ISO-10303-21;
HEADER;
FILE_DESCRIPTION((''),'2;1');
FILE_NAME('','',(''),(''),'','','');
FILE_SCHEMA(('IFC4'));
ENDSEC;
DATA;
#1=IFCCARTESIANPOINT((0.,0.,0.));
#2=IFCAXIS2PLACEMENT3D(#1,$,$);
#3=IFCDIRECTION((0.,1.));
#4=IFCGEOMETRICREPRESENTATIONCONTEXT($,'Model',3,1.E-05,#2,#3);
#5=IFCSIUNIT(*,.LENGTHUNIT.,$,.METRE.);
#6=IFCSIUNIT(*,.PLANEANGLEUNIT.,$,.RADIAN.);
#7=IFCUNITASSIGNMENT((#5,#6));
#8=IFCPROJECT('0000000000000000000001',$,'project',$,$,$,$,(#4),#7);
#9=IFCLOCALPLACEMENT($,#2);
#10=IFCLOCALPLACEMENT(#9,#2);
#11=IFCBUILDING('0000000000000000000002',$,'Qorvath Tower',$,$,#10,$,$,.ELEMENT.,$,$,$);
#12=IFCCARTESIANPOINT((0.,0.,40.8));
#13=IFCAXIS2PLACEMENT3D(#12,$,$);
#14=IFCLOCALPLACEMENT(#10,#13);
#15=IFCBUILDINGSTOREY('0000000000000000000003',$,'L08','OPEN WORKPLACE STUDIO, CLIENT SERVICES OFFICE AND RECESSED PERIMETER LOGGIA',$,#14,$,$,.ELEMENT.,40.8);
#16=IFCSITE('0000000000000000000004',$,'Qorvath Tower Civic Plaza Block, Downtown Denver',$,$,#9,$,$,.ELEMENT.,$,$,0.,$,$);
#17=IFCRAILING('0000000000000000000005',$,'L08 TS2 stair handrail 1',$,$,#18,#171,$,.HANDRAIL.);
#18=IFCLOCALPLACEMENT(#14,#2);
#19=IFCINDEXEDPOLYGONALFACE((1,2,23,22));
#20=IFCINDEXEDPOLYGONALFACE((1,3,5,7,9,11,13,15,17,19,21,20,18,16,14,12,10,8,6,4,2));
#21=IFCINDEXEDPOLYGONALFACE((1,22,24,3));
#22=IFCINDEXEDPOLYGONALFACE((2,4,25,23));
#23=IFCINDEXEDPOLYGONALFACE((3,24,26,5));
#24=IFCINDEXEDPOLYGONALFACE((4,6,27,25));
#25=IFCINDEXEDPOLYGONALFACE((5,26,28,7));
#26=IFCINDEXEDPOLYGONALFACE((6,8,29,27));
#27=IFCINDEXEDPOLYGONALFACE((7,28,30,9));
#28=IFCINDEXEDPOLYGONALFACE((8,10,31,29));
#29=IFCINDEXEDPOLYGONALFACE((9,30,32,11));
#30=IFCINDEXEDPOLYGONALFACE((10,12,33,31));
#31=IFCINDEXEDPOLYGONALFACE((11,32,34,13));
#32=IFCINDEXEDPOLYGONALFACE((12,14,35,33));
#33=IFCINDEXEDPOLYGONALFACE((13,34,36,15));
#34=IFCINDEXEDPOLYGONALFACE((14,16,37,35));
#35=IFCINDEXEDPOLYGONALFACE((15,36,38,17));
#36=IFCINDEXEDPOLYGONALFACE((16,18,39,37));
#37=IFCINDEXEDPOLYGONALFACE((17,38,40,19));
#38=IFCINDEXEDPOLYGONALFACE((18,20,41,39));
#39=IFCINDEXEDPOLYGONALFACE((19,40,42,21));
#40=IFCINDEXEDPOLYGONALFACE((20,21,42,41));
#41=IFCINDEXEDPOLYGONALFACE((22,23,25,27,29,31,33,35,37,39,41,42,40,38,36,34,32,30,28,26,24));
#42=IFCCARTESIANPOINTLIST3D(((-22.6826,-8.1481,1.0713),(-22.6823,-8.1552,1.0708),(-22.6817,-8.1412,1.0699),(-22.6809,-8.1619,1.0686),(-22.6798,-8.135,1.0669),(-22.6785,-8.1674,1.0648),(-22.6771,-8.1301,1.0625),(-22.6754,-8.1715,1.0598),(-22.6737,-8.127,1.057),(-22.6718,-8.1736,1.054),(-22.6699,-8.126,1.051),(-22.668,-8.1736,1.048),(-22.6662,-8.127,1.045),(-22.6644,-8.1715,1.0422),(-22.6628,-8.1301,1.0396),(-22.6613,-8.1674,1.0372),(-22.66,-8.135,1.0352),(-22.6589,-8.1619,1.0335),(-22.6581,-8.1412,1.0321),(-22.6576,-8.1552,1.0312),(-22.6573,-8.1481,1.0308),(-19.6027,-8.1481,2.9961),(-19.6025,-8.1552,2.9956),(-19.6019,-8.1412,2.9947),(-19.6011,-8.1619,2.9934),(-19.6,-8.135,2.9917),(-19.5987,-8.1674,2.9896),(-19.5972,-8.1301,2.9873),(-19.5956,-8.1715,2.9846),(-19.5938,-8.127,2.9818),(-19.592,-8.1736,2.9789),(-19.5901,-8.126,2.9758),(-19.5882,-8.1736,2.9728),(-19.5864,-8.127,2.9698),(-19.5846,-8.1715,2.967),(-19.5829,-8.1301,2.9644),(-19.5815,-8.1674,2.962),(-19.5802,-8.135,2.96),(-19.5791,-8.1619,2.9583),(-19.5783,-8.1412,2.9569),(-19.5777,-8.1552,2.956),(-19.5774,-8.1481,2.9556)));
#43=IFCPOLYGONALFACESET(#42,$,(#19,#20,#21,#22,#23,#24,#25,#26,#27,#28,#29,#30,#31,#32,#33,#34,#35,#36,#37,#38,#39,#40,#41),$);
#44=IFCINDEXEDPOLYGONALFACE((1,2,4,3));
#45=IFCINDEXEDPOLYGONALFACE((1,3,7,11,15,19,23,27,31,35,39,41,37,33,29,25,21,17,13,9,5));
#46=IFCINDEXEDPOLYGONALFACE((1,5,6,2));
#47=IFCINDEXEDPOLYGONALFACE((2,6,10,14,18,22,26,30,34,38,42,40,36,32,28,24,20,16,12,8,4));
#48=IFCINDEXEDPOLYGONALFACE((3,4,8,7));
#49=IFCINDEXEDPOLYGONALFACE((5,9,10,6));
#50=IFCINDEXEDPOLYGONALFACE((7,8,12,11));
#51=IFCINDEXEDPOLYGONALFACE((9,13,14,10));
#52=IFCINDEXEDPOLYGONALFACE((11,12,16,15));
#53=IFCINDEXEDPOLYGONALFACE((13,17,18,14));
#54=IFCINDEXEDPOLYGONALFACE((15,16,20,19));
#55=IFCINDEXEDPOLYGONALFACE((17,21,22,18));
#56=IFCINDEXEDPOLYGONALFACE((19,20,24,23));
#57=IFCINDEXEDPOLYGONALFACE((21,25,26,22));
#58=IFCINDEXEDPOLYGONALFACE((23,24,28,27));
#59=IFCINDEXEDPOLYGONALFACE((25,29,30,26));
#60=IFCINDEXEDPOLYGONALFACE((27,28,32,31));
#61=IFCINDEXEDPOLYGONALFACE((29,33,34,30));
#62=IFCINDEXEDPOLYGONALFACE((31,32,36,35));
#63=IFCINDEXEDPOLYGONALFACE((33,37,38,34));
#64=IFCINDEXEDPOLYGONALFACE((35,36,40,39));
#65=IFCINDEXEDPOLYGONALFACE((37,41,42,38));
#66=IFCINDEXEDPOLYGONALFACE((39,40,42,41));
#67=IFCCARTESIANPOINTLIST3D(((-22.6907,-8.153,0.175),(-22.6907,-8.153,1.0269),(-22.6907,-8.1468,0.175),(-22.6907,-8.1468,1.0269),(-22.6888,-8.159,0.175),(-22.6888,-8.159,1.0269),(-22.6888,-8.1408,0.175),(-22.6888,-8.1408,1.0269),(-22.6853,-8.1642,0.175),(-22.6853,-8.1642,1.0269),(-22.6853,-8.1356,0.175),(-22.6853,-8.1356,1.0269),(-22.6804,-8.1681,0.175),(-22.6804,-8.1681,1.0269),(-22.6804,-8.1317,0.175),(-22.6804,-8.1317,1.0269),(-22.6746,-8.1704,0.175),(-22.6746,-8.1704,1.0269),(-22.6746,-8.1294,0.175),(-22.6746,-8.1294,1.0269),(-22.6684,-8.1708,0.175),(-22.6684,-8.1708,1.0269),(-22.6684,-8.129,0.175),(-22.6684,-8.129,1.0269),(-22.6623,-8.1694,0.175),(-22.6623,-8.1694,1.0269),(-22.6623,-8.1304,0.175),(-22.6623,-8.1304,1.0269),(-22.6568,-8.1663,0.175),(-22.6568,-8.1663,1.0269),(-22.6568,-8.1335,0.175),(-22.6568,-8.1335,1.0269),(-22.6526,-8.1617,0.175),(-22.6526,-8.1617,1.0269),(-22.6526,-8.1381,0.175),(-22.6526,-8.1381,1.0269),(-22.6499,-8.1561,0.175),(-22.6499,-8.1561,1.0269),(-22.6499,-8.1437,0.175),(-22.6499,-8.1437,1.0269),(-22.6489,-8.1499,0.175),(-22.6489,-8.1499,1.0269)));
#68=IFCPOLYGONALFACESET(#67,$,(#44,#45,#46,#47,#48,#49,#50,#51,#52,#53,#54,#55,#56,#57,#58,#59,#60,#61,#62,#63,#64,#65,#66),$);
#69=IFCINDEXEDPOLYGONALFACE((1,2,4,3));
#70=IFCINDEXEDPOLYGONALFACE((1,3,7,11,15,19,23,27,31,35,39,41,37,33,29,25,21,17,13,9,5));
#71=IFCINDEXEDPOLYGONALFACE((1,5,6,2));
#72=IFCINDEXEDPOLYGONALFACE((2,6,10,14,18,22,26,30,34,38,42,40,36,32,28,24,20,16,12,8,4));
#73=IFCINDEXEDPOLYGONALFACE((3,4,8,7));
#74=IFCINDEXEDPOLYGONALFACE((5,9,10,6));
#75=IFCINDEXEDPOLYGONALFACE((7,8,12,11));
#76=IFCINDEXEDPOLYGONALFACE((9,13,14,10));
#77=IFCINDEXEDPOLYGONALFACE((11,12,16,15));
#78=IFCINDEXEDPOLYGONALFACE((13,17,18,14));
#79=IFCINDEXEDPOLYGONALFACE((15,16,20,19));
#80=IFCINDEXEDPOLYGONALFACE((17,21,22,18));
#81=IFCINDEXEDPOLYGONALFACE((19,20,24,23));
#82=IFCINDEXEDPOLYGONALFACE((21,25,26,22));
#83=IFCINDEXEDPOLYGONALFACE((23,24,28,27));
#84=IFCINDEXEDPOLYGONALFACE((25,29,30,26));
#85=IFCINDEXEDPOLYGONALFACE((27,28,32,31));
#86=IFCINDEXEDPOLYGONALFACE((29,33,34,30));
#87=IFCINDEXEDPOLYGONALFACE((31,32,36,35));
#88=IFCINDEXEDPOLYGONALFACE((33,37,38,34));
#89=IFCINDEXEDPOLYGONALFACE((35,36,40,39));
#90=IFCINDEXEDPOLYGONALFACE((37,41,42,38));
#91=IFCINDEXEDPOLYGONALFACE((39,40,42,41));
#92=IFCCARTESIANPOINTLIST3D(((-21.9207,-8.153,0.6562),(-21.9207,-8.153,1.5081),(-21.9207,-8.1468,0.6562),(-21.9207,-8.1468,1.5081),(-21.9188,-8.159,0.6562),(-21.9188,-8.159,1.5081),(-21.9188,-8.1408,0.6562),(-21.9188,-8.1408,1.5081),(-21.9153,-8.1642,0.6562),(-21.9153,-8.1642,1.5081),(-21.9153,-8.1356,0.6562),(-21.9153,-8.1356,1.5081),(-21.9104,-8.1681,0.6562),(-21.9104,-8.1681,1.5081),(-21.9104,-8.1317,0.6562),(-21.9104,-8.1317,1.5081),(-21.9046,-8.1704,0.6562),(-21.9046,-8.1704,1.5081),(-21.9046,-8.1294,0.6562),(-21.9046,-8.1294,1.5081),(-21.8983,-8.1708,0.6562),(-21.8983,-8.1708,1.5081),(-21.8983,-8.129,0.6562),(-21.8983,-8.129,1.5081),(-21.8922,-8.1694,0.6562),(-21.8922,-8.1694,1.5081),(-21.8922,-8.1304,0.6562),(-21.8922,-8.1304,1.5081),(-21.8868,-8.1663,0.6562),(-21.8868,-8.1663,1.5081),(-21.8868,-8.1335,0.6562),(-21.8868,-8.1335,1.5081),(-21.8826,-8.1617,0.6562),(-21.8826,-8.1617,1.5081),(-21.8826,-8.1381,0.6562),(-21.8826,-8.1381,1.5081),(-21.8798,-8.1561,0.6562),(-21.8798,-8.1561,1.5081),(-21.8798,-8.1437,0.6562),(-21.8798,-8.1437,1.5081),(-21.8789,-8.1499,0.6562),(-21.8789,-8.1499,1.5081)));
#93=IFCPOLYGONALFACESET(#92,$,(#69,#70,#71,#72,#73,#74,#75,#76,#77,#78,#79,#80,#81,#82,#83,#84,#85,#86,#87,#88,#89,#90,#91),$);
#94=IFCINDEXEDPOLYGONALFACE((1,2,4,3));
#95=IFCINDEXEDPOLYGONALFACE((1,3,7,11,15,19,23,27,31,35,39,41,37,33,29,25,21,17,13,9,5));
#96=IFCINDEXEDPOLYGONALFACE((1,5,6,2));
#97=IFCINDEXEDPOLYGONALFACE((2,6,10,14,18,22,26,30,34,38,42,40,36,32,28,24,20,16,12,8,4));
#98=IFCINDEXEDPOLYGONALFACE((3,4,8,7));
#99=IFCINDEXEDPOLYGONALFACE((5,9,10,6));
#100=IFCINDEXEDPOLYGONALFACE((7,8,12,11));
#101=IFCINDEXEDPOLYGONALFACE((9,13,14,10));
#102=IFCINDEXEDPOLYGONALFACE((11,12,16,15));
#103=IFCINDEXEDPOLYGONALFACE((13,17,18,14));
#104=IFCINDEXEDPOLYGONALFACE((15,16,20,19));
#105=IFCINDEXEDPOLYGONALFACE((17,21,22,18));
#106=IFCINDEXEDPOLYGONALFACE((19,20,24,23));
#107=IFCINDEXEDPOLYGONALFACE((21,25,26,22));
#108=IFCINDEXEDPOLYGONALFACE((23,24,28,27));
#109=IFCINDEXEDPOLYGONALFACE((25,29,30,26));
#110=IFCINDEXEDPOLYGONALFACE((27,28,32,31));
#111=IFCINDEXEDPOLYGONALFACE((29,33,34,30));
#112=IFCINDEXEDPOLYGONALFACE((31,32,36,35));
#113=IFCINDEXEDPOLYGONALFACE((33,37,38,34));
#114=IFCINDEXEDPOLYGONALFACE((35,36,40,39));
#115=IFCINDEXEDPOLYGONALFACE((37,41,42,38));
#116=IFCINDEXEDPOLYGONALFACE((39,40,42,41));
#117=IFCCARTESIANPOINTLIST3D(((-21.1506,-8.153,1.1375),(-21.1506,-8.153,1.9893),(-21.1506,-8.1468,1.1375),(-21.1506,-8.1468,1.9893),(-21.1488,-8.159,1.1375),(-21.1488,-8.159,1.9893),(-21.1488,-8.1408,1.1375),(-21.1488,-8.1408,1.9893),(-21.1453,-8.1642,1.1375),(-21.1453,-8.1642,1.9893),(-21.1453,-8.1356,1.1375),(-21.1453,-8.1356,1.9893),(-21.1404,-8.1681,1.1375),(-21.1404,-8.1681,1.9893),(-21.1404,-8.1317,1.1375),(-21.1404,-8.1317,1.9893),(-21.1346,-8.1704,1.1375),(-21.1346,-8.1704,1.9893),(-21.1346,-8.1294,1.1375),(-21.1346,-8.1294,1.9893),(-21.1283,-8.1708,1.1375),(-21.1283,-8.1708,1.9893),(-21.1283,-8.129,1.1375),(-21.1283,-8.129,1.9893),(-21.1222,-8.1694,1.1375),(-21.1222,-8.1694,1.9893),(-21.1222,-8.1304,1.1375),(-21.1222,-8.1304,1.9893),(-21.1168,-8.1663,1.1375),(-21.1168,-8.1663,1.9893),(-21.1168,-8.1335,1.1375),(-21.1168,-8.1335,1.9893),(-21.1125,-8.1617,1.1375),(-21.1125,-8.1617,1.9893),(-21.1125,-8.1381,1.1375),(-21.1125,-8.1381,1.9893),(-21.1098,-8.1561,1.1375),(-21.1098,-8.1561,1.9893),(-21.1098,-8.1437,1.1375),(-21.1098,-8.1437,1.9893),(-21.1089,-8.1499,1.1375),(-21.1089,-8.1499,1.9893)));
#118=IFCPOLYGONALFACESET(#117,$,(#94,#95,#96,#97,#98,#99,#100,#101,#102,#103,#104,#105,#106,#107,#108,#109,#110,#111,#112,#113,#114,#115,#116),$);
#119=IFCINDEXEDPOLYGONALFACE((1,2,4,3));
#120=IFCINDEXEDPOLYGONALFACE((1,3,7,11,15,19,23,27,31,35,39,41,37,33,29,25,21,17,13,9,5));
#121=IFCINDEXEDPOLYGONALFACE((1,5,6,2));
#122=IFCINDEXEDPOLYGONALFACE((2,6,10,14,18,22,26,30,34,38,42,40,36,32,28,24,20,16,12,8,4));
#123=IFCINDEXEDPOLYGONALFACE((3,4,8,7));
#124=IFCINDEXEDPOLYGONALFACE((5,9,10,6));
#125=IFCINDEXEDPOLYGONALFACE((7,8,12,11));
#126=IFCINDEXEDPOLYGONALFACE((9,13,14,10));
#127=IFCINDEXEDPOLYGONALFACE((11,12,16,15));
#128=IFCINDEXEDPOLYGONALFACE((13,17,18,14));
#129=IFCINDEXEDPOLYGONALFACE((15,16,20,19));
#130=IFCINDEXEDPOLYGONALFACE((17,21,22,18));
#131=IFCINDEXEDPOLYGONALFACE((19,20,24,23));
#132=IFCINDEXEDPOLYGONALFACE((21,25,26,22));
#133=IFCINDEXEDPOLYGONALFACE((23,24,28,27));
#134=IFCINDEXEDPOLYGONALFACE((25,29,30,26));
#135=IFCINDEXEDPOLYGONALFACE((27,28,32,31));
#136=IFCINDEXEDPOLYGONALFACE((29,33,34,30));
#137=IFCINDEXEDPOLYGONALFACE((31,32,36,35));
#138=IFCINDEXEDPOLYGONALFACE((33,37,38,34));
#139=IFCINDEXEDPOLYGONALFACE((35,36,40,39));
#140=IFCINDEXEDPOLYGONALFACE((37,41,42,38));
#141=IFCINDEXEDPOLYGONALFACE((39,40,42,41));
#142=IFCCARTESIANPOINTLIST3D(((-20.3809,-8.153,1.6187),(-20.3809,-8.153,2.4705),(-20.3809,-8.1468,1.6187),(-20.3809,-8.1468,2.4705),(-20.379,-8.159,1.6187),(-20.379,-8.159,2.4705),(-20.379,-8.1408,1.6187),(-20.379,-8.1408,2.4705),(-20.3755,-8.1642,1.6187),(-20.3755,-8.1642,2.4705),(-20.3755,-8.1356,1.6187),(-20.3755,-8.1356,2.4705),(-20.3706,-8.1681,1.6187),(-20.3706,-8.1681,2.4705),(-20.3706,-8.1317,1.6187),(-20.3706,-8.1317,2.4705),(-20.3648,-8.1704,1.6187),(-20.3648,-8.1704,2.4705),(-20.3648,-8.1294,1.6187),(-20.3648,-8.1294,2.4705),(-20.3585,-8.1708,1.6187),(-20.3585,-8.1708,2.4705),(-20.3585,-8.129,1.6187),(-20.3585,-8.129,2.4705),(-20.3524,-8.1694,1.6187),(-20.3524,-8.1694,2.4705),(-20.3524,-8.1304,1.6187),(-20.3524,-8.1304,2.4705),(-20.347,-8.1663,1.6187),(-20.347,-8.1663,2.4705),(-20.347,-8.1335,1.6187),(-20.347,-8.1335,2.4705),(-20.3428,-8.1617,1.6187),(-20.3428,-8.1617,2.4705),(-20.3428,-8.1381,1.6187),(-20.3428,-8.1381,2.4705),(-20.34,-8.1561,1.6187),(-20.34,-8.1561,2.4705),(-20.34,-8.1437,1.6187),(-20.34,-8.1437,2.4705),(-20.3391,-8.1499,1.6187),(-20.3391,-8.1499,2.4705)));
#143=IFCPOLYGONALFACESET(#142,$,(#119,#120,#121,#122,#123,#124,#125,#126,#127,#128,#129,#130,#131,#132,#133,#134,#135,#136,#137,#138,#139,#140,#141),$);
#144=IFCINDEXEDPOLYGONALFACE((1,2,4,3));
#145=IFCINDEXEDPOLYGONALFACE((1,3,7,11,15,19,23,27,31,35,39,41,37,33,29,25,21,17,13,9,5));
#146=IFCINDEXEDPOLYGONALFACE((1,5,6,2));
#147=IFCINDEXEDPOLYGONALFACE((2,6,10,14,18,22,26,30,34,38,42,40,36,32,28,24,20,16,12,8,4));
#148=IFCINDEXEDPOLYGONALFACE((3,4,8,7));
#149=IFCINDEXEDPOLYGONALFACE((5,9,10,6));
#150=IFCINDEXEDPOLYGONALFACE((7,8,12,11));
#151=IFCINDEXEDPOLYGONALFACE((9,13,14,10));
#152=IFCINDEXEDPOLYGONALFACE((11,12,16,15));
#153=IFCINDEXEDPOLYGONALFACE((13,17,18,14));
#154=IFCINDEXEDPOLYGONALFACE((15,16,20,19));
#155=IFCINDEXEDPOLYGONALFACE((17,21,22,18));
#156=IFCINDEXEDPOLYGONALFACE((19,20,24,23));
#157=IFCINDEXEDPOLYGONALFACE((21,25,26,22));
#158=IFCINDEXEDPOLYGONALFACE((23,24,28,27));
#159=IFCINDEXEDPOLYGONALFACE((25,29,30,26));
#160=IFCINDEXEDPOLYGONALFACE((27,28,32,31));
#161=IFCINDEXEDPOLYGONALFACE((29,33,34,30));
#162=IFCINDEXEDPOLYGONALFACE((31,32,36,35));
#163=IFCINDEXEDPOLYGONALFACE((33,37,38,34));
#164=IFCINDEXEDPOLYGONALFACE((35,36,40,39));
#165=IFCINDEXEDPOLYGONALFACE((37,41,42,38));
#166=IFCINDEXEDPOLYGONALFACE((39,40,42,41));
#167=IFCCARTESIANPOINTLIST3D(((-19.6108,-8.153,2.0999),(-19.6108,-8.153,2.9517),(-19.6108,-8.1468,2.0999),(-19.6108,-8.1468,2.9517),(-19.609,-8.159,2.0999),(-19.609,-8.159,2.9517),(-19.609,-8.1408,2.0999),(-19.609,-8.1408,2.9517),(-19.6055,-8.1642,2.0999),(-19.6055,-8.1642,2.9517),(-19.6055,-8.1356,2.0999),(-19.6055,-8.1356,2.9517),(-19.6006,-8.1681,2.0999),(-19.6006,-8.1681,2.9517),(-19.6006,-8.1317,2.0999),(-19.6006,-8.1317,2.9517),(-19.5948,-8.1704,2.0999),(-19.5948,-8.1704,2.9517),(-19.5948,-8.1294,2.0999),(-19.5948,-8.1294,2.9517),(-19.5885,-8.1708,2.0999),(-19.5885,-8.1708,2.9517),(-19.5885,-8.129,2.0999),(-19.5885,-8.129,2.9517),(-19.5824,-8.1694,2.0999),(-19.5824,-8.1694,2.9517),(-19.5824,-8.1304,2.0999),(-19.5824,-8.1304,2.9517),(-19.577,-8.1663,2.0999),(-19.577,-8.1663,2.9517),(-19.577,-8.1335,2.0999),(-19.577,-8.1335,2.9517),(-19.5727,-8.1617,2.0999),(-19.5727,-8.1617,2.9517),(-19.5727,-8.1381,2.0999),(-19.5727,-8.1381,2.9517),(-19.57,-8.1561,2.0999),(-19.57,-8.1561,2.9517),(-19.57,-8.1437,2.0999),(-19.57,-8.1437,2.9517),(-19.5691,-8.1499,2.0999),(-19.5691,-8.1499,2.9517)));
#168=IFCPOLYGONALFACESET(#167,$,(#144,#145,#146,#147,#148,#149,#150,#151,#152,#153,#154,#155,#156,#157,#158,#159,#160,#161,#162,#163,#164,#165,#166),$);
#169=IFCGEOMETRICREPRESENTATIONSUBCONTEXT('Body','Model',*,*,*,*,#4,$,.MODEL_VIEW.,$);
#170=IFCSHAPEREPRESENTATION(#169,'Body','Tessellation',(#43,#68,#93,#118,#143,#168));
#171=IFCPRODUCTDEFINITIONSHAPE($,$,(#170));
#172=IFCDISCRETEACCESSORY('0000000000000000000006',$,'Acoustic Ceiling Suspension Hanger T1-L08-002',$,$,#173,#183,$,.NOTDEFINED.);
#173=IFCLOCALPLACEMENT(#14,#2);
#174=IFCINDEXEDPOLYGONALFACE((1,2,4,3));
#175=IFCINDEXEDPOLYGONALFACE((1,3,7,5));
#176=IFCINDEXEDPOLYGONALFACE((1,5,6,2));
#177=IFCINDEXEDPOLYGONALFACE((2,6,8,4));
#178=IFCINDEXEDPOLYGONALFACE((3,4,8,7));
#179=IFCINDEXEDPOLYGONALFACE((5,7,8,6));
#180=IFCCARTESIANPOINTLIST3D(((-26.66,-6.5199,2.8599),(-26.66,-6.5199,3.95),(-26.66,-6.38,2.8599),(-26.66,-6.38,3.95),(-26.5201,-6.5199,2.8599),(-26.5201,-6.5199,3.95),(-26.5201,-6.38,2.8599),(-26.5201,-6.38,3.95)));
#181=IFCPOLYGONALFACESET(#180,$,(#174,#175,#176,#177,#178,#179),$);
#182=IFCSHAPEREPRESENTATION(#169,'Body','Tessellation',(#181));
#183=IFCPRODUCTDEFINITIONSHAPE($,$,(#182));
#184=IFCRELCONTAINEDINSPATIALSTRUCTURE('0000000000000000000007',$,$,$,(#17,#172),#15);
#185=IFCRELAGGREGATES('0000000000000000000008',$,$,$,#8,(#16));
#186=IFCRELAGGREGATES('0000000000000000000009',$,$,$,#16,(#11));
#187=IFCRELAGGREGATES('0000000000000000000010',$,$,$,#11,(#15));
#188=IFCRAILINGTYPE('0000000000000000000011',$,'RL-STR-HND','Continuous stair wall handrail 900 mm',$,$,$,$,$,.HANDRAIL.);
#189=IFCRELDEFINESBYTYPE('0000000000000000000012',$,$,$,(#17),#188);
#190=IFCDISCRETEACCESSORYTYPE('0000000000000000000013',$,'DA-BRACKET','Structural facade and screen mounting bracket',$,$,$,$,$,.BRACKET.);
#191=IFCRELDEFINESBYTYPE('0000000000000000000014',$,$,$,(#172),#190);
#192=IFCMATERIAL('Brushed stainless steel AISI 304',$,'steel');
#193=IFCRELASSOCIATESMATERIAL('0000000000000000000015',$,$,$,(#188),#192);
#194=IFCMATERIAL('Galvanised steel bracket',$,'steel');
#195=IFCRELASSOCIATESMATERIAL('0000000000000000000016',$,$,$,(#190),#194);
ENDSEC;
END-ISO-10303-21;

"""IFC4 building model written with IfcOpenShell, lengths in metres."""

from ifc_helpers import new_model, si_unit, direction, frame, origin, origin_2d, place, context, subcontext, project, spatial, rectangle, circle, extrude, material, type_object, element, save


model = new_model("IFC4")

# Units and contexts
model_context = context("Model", 3, precision=1e-05, world=origin(), true_north=direction((0.0, 1.0)))
body_context = subcontext(model_context, "Body", "Model", "MODEL_VIEW")
ifc_project = project(units=[si_unit("LENGTHUNIT", "METRE"), si_unit("PLANEANGLEUNIT", "RADIAN")], contexts=[model_context])

# Site, building, storey
site_placement = place(None, origin())
site = spatial("IfcSite", under=ifc_project, at=site_placement, Name="Qorvath Tower Civic Plaza Block, Downtown Denver", CompositionType="ELEMENT", RefElevation=0.0)
building_placement = place(site_placement, origin())
building = spatial("IfcBuilding", under=site, at=building_placement, Name="Qorvath Tower", CompositionType="ELEMENT")
storey_placement = place(building_placement, frame((0.0, 0.0, 40.8)))
storey = spatial("IfcBuildingStorey", under=building, at=storey_placement, Name="L08", Description="OPEN WORKPLACE STUDIO, CLIENT SERVICES OFFICE AND RECESSED PERIMETER LOGGIA", CompositionType="ELEMENT", Elevation=40.8)

# Railing
ifc_material_1 = material(Name="Brushed stainless steel AISI 304", Category="steel")
railing_type_1 = type_object("IfcRailingType", Name="RL-STR-HND", Description="Continuous stair wall handrail 900 mm", PredefinedType="HANDRAIL", material=ifc_material_1)
railing_1_placement = place(storey_placement, frame((-22.6699, -8.1499, 0.175)))
element("IfcRailing", 1, at=railing_1_placement, inside=storey, type_object=railing_type_1, Name="L08 TS2 stair handrail 1", PredefinedType="HANDRAIL", context=body_context, shape_type="SweptSolid", body=[
    extrude(circle(Radius=0.0239, at=origin_2d()), frame((0.0, 0.0, 0.876), z_axis=(0.84801, 0.0, 0.529981), x_axis=(0.0, 1.0, 0.0)), (0.0, 0.0, 1.0), 3.6318),
    extrude(circle(Radius=0.021, at=origin_2d()), origin(), (0.0, 0.0, 1.0), 0.8518),
    extrude(circle(Radius=0.021, at=origin_2d()), frame((0.77, 0.0, 0.4812)), (0.0, 0.0, 1.0), 0.8518),
    extrude(circle(Radius=0.021, at=origin_2d()), frame((1.54, 0.0, 0.9624)), (0.0, 0.0, 1.0), 0.8518),
    extrude(circle(Radius=0.021, at=origin_2d()), frame((2.3098, 0.0, 1.4436)), (0.0, 0.0, 1.0), 0.8518),
    extrude(circle(Radius=0.021, at=origin_2d()), frame((3.0798, 0.0, 1.9248)), (0.0, 0.0, 1.0), 0.8518),
])

# Discrete accessory
ifc_material_2 = material(Name="Galvanised steel bracket", Category="steel")
discrete_accessory_type = type_object("IfcDiscreteAccessoryType", Name="DA-BRACKET", Description="Structural facade and screen mounting bracket", PredefinedType="BRACKET", material=ifc_material_2)
discrete_accessory_placement = place(storey_placement, frame((-26.5901, -6.45, 2.8599), z_axis=(0.0, 0.0, 1.0), x_axis=(1.0, 0.0, 0.0)))
element("IfcDiscreteAccessory", 2, at=discrete_accessory_placement, inside=storey, type_object=discrete_accessory_type, Name="Acoustic Ceiling Suspension Hanger T1-L08-002", PredefinedType="NOTDEFINED", context=body_context, shape_type="SweptSolid", body=[
    extrude(rectangle(XDim=0.1399, YDim=0.1399, at=origin_2d()), origin(), (0.0, 0.0, 1.0), 1.0901),
])

save(model, "model.ifc")
